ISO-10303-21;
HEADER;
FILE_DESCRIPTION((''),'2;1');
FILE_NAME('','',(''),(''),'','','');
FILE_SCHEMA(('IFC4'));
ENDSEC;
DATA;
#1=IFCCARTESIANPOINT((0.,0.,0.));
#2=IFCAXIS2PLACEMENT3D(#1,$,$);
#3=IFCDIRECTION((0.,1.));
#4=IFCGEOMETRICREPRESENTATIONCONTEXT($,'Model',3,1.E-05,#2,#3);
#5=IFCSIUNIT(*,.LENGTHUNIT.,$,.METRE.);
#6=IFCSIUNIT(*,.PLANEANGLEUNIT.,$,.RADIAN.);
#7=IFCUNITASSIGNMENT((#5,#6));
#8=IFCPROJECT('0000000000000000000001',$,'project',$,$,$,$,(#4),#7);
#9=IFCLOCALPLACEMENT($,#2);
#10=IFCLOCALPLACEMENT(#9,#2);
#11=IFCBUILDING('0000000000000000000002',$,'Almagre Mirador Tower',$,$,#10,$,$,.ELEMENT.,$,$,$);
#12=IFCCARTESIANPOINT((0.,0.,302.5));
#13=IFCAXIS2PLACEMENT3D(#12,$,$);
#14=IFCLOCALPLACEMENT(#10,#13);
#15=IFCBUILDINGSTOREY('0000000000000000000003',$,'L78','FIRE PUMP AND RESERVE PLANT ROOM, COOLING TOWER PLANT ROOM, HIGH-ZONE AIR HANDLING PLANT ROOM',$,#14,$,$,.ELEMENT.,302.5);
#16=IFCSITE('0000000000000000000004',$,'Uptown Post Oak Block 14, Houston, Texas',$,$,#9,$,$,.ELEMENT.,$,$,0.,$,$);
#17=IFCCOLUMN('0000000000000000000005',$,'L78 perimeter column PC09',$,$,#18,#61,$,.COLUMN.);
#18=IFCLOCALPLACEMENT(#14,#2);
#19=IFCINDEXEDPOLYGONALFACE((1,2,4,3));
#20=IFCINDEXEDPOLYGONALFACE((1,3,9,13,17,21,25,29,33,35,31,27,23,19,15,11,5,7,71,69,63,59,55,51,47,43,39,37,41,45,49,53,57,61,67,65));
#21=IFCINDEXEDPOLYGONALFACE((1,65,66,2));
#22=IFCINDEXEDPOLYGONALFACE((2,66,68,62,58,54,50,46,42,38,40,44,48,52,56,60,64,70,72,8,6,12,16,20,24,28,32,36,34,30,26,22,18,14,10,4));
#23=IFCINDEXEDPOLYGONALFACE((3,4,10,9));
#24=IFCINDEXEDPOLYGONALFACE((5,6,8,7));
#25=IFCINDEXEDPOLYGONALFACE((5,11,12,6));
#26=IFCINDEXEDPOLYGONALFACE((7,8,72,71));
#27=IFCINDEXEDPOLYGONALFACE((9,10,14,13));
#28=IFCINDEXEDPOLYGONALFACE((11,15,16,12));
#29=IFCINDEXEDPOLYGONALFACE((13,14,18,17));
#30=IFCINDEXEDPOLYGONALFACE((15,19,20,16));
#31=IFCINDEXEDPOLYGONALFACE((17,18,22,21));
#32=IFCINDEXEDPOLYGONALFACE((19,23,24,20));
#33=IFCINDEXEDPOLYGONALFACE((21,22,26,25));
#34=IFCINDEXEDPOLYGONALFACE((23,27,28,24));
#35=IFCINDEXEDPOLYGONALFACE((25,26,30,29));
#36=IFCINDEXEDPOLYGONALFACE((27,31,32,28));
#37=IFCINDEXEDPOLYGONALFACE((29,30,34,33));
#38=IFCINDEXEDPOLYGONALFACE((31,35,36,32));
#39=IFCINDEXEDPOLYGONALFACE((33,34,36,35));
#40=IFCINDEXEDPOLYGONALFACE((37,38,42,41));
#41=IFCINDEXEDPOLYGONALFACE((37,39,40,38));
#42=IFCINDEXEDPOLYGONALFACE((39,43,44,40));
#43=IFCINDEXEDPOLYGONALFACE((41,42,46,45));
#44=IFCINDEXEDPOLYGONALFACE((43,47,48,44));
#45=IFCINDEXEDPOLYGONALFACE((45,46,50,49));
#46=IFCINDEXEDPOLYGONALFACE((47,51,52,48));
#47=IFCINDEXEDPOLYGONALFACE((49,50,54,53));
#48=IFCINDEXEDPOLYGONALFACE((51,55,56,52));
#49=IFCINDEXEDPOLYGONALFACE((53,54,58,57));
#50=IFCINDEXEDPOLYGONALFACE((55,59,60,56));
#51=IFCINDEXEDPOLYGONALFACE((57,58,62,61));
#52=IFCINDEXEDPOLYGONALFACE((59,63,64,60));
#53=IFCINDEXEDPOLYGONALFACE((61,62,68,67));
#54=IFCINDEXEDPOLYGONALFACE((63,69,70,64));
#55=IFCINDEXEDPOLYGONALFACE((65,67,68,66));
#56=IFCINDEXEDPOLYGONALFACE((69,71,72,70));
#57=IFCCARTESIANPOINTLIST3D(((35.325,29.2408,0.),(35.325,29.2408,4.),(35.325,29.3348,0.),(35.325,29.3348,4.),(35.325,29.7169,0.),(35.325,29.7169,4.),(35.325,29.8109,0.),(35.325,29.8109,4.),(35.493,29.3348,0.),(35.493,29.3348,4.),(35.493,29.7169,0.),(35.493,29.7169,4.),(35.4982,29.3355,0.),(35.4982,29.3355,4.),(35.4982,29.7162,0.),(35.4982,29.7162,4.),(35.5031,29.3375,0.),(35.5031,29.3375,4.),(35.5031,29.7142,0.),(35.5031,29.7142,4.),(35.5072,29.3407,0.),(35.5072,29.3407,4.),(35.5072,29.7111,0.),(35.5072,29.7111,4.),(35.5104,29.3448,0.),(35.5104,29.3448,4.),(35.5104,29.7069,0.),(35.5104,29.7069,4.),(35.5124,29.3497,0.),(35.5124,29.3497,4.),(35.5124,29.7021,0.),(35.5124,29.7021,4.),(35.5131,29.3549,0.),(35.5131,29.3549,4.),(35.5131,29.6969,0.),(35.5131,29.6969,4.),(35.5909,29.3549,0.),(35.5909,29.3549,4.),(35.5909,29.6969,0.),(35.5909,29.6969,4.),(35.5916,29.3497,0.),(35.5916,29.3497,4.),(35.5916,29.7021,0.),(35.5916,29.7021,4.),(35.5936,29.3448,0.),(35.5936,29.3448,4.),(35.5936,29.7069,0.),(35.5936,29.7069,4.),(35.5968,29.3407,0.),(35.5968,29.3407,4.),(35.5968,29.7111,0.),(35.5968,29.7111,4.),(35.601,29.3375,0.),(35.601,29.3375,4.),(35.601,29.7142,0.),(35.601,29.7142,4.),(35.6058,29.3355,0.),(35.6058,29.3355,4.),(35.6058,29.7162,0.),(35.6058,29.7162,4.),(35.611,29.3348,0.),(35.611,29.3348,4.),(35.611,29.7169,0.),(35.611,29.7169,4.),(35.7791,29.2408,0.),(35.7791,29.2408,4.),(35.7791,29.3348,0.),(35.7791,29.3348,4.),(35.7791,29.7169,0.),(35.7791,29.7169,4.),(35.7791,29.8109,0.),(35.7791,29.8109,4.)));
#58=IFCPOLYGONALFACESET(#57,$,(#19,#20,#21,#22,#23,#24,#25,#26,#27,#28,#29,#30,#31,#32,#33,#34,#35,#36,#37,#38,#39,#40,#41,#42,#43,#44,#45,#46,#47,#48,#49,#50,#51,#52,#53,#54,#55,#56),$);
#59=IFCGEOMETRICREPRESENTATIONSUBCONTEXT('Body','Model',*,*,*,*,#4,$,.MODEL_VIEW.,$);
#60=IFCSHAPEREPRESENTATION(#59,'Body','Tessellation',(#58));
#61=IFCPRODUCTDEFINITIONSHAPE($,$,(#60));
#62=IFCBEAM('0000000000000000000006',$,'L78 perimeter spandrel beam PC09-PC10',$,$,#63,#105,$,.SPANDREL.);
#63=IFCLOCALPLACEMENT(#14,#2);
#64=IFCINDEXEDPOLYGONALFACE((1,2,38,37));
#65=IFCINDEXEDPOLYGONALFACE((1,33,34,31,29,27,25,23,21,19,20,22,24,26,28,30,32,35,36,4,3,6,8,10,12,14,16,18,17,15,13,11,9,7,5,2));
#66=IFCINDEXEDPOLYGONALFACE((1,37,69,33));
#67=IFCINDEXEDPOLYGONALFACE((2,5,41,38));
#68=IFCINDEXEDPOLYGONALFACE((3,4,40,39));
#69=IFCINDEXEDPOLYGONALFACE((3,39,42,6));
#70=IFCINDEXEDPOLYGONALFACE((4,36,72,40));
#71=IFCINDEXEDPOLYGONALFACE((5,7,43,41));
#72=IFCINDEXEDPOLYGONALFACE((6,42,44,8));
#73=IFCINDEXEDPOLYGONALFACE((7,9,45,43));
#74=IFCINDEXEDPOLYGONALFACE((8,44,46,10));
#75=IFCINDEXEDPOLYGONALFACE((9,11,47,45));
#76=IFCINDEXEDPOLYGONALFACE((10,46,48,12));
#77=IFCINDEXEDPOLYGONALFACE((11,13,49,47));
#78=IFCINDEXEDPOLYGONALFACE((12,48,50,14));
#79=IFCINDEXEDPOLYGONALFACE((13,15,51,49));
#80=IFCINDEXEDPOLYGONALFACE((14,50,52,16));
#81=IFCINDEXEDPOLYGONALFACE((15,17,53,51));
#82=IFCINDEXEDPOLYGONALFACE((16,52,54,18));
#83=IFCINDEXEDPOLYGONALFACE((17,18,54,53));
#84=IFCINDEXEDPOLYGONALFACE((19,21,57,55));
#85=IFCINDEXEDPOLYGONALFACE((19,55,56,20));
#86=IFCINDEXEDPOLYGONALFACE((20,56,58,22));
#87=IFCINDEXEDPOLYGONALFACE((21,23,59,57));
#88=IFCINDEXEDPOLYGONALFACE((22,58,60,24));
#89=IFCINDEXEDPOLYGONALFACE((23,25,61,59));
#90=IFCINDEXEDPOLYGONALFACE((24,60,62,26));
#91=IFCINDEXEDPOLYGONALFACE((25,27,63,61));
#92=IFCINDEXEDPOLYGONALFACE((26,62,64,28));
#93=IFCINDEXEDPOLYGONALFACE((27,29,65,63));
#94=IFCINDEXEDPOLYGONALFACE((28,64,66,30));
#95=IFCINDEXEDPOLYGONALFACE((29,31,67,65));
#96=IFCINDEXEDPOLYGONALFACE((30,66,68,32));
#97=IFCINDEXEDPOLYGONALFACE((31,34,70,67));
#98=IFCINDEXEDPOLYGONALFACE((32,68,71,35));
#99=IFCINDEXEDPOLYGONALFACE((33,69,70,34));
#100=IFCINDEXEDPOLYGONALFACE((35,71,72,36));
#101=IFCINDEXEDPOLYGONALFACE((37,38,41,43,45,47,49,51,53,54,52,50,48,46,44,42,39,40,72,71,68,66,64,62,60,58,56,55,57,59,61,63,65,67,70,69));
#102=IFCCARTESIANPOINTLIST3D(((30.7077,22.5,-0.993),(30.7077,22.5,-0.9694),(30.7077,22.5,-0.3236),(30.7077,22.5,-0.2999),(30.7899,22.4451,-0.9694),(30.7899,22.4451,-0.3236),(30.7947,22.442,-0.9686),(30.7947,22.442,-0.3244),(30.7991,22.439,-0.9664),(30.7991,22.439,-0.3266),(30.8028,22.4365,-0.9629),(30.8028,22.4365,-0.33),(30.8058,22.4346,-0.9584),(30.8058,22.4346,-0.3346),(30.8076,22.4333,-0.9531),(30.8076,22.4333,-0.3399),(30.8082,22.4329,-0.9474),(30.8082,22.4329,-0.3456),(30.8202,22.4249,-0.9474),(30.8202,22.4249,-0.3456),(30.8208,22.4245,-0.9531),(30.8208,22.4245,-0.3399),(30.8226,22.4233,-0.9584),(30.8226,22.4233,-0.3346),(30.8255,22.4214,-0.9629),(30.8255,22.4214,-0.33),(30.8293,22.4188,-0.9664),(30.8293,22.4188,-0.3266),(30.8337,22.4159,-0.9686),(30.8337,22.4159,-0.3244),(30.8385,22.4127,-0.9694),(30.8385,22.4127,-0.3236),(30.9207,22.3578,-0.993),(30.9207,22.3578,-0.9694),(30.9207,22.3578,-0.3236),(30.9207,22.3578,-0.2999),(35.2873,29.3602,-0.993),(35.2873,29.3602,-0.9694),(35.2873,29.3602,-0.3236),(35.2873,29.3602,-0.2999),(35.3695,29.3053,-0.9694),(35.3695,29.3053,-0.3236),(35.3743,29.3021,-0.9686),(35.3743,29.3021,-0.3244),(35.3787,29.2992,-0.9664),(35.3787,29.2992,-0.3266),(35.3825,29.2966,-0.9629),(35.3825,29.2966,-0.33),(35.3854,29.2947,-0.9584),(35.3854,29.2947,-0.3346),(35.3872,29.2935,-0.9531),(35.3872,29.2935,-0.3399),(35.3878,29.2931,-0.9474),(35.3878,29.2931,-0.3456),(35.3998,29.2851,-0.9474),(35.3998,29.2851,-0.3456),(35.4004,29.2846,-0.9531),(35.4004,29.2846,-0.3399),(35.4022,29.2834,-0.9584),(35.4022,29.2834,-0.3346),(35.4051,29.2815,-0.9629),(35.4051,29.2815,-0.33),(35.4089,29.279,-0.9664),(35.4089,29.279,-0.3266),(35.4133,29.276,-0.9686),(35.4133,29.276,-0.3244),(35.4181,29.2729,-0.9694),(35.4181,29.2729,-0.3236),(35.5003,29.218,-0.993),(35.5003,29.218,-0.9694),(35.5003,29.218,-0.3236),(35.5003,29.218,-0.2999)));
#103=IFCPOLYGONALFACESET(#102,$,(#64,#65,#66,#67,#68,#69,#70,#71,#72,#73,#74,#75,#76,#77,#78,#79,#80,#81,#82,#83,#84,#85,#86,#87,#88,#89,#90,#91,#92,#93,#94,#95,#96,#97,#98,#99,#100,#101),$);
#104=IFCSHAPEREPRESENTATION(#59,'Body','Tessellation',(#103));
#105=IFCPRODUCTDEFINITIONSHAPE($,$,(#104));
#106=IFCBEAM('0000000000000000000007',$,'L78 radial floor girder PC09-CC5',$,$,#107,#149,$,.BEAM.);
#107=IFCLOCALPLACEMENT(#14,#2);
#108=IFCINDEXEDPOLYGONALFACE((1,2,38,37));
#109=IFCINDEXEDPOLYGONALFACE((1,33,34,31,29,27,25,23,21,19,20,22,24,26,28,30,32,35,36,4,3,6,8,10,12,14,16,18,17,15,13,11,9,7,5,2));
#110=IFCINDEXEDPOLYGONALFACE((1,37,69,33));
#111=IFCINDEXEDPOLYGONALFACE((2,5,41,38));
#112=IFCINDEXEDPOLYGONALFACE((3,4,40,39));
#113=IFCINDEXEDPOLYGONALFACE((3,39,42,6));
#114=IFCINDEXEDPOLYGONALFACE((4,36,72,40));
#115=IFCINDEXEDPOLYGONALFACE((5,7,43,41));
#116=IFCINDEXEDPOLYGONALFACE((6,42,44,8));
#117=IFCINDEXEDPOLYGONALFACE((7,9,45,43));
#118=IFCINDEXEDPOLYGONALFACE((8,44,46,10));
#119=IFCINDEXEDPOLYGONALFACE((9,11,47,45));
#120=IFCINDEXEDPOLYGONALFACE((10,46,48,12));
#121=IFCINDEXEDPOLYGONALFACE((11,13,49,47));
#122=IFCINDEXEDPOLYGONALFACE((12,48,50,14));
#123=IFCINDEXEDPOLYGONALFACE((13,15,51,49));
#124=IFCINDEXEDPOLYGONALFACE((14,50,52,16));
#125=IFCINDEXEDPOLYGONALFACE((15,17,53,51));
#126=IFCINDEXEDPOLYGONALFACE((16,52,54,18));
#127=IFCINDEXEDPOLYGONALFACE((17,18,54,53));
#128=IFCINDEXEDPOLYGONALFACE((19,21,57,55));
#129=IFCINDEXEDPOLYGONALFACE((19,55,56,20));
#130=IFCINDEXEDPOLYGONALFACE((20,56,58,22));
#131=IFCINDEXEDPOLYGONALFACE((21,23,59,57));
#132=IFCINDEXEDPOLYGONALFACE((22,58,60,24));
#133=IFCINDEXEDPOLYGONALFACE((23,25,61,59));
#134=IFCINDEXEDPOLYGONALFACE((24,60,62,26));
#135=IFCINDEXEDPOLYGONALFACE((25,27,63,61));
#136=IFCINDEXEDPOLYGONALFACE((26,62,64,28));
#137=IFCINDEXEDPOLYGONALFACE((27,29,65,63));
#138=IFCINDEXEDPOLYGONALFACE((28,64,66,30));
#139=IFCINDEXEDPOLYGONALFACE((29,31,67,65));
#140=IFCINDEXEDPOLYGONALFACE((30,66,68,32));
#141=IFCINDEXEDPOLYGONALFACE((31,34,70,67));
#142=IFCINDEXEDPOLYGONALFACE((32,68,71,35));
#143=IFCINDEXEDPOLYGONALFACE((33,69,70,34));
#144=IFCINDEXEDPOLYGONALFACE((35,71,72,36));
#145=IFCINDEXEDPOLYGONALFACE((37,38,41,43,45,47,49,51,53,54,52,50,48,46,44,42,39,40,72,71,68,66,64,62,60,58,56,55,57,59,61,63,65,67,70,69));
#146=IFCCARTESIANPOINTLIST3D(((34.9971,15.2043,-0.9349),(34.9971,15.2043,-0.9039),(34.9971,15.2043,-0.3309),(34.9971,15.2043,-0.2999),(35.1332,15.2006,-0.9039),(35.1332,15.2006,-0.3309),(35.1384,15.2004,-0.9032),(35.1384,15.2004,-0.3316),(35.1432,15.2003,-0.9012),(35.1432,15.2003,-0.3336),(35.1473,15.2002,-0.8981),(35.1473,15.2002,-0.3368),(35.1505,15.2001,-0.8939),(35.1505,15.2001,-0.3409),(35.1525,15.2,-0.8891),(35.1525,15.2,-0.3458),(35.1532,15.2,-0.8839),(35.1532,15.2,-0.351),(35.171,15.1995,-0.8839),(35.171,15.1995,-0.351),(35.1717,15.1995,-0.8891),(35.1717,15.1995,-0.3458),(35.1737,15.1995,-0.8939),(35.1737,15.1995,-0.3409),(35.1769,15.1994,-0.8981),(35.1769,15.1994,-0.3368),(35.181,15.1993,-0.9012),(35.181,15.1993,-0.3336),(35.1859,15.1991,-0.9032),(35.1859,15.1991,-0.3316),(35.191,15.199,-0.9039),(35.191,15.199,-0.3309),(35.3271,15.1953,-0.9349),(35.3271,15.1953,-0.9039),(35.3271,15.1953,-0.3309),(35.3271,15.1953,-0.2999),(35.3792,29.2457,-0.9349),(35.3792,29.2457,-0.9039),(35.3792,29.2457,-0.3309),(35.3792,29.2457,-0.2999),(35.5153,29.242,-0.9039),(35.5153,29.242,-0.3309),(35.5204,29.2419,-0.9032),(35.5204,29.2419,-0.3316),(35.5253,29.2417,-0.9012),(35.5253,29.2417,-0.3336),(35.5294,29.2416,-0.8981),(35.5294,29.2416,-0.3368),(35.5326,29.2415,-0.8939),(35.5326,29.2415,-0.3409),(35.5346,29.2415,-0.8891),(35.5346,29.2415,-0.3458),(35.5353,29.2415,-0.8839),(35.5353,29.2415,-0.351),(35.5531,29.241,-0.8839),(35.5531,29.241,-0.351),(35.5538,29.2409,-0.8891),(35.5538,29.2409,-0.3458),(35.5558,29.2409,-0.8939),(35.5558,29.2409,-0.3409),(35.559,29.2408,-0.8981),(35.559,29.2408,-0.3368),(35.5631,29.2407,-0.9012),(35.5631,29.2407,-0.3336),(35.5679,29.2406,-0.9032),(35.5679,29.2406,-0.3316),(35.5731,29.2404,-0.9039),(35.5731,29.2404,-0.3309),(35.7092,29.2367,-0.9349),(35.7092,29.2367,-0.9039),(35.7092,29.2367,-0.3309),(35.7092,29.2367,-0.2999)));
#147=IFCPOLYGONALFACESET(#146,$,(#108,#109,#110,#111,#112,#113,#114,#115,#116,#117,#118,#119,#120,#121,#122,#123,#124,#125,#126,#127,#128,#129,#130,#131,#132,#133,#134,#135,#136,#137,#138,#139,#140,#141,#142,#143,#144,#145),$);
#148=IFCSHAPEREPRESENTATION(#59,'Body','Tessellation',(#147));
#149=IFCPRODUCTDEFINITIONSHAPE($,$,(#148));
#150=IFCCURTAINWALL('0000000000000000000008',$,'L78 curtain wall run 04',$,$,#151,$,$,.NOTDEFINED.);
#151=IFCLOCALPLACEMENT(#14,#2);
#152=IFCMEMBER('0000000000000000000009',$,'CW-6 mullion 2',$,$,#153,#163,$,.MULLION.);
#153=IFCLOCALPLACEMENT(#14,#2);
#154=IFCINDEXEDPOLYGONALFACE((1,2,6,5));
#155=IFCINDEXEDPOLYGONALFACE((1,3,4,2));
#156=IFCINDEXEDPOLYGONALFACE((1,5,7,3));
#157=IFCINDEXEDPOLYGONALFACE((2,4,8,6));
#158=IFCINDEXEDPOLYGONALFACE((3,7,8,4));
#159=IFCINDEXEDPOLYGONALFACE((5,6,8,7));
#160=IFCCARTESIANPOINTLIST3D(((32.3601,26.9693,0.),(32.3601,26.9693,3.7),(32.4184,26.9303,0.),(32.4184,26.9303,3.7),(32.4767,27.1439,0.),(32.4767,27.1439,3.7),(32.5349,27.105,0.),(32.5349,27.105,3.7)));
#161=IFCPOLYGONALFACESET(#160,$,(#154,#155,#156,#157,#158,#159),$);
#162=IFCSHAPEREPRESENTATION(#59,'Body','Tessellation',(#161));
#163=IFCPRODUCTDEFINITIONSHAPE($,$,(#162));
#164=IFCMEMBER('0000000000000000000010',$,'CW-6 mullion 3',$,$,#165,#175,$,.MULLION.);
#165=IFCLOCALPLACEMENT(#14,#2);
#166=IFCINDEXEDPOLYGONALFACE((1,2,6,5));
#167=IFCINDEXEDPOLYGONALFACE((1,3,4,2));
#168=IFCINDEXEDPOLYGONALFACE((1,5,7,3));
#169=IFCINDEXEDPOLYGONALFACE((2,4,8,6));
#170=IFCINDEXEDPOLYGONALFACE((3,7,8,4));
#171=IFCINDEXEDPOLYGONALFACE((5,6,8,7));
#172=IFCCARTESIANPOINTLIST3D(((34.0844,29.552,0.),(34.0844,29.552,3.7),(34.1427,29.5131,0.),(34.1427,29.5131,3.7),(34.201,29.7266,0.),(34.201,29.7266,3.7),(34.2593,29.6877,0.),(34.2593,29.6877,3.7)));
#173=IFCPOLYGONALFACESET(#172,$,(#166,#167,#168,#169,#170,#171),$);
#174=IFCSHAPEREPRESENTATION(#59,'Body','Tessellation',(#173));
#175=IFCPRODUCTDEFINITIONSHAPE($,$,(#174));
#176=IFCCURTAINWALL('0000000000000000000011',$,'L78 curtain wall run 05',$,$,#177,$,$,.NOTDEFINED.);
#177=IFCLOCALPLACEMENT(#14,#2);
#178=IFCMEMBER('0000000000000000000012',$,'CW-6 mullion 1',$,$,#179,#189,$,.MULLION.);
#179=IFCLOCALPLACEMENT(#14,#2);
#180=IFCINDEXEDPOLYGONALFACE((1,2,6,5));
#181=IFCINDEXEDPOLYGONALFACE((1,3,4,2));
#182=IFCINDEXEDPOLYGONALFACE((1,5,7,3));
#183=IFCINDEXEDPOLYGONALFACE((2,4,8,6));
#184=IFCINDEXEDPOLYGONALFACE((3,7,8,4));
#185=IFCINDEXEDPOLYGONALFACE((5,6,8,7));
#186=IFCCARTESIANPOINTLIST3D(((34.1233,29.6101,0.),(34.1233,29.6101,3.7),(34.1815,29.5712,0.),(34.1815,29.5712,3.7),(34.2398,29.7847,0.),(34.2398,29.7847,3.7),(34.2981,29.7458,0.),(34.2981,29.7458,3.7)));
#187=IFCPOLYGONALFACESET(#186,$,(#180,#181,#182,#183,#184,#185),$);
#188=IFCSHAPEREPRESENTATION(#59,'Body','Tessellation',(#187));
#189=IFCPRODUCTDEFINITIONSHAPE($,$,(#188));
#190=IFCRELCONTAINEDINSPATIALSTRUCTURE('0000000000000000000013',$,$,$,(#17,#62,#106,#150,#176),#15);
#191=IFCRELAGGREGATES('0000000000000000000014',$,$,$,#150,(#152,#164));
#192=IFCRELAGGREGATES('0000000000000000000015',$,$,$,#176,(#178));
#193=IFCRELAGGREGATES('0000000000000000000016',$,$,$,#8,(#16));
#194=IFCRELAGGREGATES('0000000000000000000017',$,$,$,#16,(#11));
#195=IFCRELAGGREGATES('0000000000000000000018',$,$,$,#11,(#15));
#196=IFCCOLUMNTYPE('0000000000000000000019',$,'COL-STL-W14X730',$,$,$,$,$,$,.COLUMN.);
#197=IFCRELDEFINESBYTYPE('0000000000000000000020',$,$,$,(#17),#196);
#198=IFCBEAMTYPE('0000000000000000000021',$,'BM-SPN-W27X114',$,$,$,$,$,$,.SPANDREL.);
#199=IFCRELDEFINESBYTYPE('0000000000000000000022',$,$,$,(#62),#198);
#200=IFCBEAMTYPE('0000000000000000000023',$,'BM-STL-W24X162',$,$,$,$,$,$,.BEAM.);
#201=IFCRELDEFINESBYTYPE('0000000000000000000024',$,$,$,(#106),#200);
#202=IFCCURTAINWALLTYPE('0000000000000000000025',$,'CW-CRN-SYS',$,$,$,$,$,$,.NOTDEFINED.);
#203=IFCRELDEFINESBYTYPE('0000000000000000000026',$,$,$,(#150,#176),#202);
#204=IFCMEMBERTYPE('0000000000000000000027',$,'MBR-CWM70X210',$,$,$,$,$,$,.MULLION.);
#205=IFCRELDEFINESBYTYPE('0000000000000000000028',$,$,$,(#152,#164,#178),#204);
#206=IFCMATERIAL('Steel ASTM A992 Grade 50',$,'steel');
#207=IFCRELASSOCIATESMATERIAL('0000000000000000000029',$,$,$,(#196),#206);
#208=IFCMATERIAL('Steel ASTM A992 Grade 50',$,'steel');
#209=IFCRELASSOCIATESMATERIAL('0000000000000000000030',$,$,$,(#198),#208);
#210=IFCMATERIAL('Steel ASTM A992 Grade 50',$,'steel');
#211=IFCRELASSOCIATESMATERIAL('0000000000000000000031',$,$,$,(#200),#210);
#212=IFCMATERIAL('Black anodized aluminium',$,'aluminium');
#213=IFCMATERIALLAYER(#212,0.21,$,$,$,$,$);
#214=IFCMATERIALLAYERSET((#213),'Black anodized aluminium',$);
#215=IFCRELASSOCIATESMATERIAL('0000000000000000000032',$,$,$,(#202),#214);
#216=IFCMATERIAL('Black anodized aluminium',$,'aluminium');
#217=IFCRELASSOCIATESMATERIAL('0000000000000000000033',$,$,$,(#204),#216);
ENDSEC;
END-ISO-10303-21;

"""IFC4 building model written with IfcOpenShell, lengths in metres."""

from ifc_helpers import new_model, si_unit, direction, frame, origin, origin_2d, place, context, subcontext, project, spatial, rectangle, i_section, extrude, material, layer, layer_set, material_profile, profile_set, type_object, element, aggregate, save


model = new_model("IFC4")

# Units and contexts
model_context = context("Model", 3, precision=1e-05, world=origin(), true_north=direction((0.0, 1.0)))
body_context = subcontext(model_context, "Body", "Model", "MODEL_VIEW")
ifc_project = project(units=[si_unit("LENGTHUNIT", "METRE"), si_unit("PLANEANGLEUNIT", "RADIAN")], contexts=[model_context])

# Site, building, storey
site_placement = place(None, origin())
site = spatial("IfcSite", under=ifc_project, at=site_placement, Name="Uptown Post Oak Block 14, Houston, Texas", CompositionType="ELEMENT", RefElevation=0.0)
building_placement = place(site_placement, origin())
building = spatial("IfcBuilding", under=site, at=building_placement, Name="Almagre Mirador Tower", CompositionType="ELEMENT")
storey_placement = place(building_placement, frame((0.0, 0.0, 302.5)))
storey = spatial("IfcBuildingStorey", under=building, at=storey_placement, Name="L78", Description="FIRE PUMP AND RESERVE PLANT ROOM, COOLING TOWER PLANT ROOM, HIGH-ZONE AIR HANDLING PLANT ROOM", CompositionType="ELEMENT", Elevation=302.5)

# Column
ifc_material_1 = material(Name="Steel ASTM A992 Grade 50", Category="steel")
ifc_material_profile_1 = material_profile(ifc_material_1, i_section(OverallWidth=0.4541, OverallDepth=0.5701, WebThickness=0.0779, FlangeThickness=0.094, FilletRadius=0.02, at=origin_2d()), Name="W14X730")
ifc_profile_set_1 = profile_set([ifc_material_profile_1], Name="Steel ASTM A992 Grade 50")
column_type = type_object("IfcColumnType", Name="COL-STL-W14X730", PredefinedType="COLUMN", material=ifc_profile_set_1)
column_placement = place(storey_placement, frame((35.552, 29.5259, 0.0), z_axis=(0.0, 0.0, 1.0), x_axis=(1.0, 0.0, 0.0)))
element("IfcColumn", 1, at=column_placement, inside=storey, type_object=column_type, Name="L78 perimeter column PC09", PredefinedType="COLUMN", context=body_context, shape_type="SweptSolid", body=[
    extrude(i_section(OverallWidth=0.4541, OverallDepth=0.5701, WebThickness=0.0779, FlangeThickness=0.094, FilletRadius=0.02, at=origin_2d()), origin(), (0.0, 0.0, 1.0), 4.0),
])

# Beams
ifc_material_2 = material(Name="Steel ASTM A992 Grade 50", Category="steel")
ifc_material_profile_2 = material_profile(ifc_material_2, i_section(OverallWidth=0.2561, OverallDepth=0.6931, WebThickness=0.0144, FlangeThickness=0.0237, FilletRadius=0.022, at=origin_2d()), Name="W27X114")
ifc_profile_set_2 = profile_set([ifc_material_profile_2], Name="Steel ASTM A992 Grade 50")
beam_type_1 = type_object("IfcBeamType", Name="BM-SPN-W27X114", PredefinedType="SPANDREL", material=ifc_profile_set_2)
beam_1_placement = place(storey_placement, frame((35.3938, 29.2891, -0.6465), z_axis=(-0.555219, -0.831704, 0.0), x_axis=(0.831704, -0.555219, 0.0)))
element("IfcBeam", 2, at=beam_1_placement, inside=storey, type_object=beam_type_1, Name="L78 perimeter spandrel beam PC09-PC10", PredefinedType="SPANDREL", context=body_context, shape_type="SweptSolid", body=[
    extrude(i_section(OverallWidth=0.2561, OverallDepth=0.6931, WebThickness=0.0144, FlangeThickness=0.0237, FilletRadius=0.022, at=origin_2d()), origin(), (0.0, 0.0, 1.0), 8.2483),
])
ifc_material_3 = material(Name="Steel ASTM A992 Grade 50", Category="steel")
ifc_material_profile_3 = material_profile(ifc_material_3, i_section(OverallWidth=0.3301, OverallDepth=0.635, WebThickness=0.0178, FlangeThickness=0.031, FilletRadius=0.02, at=origin_2d()), Name="W24X162")
ifc_profile_set_3 = profile_set([ifc_material_profile_3], Name="Steel ASTM A992 Grade 50")
beam_type_2 = type_object("IfcBeamType", Name="BM-STL-W24X162", PredefinedType="BEAM", material=ifc_profile_set_3)
beam_2_placement = place(storey_placement, frame((35.5442, 29.2412, -0.6174), z_axis=(-0.027201, -0.99963, 0.0), x_axis=(0.99963, -0.027201, 0.0)))
element("IfcBeam", 3, at=beam_2_placement, inside=storey, type_object=beam_type_2, Name="L78 radial floor girder PC09-CC5", PredefinedType="BEAM", context=body_context, shape_type="SweptSolid", body=[
    extrude(i_section(OverallWidth=0.3301, OverallDepth=0.635, WebThickness=0.0178, FlangeThickness=0.031, FilletRadius=0.02, at=origin_2d()), origin(), (0.0, 0.0, 1.0), 14.0466),
])

# Curtain walls, members
ifc_material_4 = material(Name="Black anodized aluminium", Category="aluminium")
ifc_layer_1 = layer(ifc_material_4, 0.21)
ifc_layer_set_1 = layer_set([ifc_layer_1], Name="Black anodized aluminium")
curtain_wall_type = type_object("IfcCurtainWallType", Name="CW-CRN-SYS", PredefinedType="NOTDEFINED", material=ifc_layer_set_1)
curtain_wall_1_placement = place(storey_placement, origin())
curtain_wall_1 = element("IfcCurtainWall", 4, at=curtain_wall_1_placement, inside=storey, type_object=curtain_wall_type, Name="L78 curtain wall run 04", PredefinedType="NOTDEFINED")
ifc_material_5 = material(Name="Black anodized aluminium", Category="aluminium")
ifc_material_profile_4 = material_profile(ifc_material_5, rectangle(XDim=0.0701, YDim=0.21, at=origin_2d()), Name="CWM70X210")
ifc_profile_set_4 = profile_set([ifc_material_profile_4], Name="Black anodized aluminium")
member_type_1 = type_object("IfcMemberType", Name="MBR-CWM70X210", PredefinedType="MULLION", material=ifc_profile_set_4)
member_1_placement = place(storey_placement, frame((32.4475, 27.0371, 0.0), z_axis=(0.0, 0.0, 1.0), x_axis=(-0.831678, 0.555259, 0.0)))
member_1 = element("IfcMember", 5, at=member_1_placement, type_object=member_type_1, Name="CW-6 mullion 2", PredefinedType="MULLION", context=body_context, shape_type="SweptSolid", body=[
    extrude(rectangle(XDim=0.0701, YDim=0.21, at=origin_2d()), origin(), (0.0, 0.0, 1.0), 3.7),
])
member_2_placement = place(storey_placement, frame((34.1719, 29.6199, 0.0), z_axis=(0.0, 0.0, 1.0), x_axis=(-0.831678, 0.555259, 0.0)))
member_2 = element("IfcMember", 6, at=member_2_placement, type_object=member_type_1, Name="CW-6 mullion 3", PredefinedType="MULLION", context=body_context, shape_type="SweptSolid", body=[
    extrude(rectangle(XDim=0.0701, YDim=0.21, at=origin_2d()), origin(), (0.0, 0.0, 1.0), 3.7),
])
curtain_wall_2_placement = place(storey_placement, origin())
curtain_wall_2 = element("IfcCurtainWall", 7, at=curtain_wall_2_placement, inside=storey, type_object=curtain_wall_type, Name="L78 curtain wall run 05", PredefinedType="NOTDEFINED")
member_3_placement = place(storey_placement, frame((34.2107, 29.678, 0.0), z_axis=(0.0, 0.0, 1.0), x_axis=(-0.831683, 0.555251, 0.0)))
member_3 = element("IfcMember", 8, at=member_3_placement, type_object=member_type_1, Name="CW-6 mullion 1", PredefinedType="MULLION", context=body_context, shape_type="SweptSolid", body=[
    extrude(rectangle(XDim=0.0701, YDim=0.21, at=origin_2d()), origin(), (0.0, 0.0, 1.0), 3.7),
])

aggregate(curtain_wall_1, [member_1, member_2])
aggregate(curtain_wall_2, [member_3])

save(model, "model.ifc")
